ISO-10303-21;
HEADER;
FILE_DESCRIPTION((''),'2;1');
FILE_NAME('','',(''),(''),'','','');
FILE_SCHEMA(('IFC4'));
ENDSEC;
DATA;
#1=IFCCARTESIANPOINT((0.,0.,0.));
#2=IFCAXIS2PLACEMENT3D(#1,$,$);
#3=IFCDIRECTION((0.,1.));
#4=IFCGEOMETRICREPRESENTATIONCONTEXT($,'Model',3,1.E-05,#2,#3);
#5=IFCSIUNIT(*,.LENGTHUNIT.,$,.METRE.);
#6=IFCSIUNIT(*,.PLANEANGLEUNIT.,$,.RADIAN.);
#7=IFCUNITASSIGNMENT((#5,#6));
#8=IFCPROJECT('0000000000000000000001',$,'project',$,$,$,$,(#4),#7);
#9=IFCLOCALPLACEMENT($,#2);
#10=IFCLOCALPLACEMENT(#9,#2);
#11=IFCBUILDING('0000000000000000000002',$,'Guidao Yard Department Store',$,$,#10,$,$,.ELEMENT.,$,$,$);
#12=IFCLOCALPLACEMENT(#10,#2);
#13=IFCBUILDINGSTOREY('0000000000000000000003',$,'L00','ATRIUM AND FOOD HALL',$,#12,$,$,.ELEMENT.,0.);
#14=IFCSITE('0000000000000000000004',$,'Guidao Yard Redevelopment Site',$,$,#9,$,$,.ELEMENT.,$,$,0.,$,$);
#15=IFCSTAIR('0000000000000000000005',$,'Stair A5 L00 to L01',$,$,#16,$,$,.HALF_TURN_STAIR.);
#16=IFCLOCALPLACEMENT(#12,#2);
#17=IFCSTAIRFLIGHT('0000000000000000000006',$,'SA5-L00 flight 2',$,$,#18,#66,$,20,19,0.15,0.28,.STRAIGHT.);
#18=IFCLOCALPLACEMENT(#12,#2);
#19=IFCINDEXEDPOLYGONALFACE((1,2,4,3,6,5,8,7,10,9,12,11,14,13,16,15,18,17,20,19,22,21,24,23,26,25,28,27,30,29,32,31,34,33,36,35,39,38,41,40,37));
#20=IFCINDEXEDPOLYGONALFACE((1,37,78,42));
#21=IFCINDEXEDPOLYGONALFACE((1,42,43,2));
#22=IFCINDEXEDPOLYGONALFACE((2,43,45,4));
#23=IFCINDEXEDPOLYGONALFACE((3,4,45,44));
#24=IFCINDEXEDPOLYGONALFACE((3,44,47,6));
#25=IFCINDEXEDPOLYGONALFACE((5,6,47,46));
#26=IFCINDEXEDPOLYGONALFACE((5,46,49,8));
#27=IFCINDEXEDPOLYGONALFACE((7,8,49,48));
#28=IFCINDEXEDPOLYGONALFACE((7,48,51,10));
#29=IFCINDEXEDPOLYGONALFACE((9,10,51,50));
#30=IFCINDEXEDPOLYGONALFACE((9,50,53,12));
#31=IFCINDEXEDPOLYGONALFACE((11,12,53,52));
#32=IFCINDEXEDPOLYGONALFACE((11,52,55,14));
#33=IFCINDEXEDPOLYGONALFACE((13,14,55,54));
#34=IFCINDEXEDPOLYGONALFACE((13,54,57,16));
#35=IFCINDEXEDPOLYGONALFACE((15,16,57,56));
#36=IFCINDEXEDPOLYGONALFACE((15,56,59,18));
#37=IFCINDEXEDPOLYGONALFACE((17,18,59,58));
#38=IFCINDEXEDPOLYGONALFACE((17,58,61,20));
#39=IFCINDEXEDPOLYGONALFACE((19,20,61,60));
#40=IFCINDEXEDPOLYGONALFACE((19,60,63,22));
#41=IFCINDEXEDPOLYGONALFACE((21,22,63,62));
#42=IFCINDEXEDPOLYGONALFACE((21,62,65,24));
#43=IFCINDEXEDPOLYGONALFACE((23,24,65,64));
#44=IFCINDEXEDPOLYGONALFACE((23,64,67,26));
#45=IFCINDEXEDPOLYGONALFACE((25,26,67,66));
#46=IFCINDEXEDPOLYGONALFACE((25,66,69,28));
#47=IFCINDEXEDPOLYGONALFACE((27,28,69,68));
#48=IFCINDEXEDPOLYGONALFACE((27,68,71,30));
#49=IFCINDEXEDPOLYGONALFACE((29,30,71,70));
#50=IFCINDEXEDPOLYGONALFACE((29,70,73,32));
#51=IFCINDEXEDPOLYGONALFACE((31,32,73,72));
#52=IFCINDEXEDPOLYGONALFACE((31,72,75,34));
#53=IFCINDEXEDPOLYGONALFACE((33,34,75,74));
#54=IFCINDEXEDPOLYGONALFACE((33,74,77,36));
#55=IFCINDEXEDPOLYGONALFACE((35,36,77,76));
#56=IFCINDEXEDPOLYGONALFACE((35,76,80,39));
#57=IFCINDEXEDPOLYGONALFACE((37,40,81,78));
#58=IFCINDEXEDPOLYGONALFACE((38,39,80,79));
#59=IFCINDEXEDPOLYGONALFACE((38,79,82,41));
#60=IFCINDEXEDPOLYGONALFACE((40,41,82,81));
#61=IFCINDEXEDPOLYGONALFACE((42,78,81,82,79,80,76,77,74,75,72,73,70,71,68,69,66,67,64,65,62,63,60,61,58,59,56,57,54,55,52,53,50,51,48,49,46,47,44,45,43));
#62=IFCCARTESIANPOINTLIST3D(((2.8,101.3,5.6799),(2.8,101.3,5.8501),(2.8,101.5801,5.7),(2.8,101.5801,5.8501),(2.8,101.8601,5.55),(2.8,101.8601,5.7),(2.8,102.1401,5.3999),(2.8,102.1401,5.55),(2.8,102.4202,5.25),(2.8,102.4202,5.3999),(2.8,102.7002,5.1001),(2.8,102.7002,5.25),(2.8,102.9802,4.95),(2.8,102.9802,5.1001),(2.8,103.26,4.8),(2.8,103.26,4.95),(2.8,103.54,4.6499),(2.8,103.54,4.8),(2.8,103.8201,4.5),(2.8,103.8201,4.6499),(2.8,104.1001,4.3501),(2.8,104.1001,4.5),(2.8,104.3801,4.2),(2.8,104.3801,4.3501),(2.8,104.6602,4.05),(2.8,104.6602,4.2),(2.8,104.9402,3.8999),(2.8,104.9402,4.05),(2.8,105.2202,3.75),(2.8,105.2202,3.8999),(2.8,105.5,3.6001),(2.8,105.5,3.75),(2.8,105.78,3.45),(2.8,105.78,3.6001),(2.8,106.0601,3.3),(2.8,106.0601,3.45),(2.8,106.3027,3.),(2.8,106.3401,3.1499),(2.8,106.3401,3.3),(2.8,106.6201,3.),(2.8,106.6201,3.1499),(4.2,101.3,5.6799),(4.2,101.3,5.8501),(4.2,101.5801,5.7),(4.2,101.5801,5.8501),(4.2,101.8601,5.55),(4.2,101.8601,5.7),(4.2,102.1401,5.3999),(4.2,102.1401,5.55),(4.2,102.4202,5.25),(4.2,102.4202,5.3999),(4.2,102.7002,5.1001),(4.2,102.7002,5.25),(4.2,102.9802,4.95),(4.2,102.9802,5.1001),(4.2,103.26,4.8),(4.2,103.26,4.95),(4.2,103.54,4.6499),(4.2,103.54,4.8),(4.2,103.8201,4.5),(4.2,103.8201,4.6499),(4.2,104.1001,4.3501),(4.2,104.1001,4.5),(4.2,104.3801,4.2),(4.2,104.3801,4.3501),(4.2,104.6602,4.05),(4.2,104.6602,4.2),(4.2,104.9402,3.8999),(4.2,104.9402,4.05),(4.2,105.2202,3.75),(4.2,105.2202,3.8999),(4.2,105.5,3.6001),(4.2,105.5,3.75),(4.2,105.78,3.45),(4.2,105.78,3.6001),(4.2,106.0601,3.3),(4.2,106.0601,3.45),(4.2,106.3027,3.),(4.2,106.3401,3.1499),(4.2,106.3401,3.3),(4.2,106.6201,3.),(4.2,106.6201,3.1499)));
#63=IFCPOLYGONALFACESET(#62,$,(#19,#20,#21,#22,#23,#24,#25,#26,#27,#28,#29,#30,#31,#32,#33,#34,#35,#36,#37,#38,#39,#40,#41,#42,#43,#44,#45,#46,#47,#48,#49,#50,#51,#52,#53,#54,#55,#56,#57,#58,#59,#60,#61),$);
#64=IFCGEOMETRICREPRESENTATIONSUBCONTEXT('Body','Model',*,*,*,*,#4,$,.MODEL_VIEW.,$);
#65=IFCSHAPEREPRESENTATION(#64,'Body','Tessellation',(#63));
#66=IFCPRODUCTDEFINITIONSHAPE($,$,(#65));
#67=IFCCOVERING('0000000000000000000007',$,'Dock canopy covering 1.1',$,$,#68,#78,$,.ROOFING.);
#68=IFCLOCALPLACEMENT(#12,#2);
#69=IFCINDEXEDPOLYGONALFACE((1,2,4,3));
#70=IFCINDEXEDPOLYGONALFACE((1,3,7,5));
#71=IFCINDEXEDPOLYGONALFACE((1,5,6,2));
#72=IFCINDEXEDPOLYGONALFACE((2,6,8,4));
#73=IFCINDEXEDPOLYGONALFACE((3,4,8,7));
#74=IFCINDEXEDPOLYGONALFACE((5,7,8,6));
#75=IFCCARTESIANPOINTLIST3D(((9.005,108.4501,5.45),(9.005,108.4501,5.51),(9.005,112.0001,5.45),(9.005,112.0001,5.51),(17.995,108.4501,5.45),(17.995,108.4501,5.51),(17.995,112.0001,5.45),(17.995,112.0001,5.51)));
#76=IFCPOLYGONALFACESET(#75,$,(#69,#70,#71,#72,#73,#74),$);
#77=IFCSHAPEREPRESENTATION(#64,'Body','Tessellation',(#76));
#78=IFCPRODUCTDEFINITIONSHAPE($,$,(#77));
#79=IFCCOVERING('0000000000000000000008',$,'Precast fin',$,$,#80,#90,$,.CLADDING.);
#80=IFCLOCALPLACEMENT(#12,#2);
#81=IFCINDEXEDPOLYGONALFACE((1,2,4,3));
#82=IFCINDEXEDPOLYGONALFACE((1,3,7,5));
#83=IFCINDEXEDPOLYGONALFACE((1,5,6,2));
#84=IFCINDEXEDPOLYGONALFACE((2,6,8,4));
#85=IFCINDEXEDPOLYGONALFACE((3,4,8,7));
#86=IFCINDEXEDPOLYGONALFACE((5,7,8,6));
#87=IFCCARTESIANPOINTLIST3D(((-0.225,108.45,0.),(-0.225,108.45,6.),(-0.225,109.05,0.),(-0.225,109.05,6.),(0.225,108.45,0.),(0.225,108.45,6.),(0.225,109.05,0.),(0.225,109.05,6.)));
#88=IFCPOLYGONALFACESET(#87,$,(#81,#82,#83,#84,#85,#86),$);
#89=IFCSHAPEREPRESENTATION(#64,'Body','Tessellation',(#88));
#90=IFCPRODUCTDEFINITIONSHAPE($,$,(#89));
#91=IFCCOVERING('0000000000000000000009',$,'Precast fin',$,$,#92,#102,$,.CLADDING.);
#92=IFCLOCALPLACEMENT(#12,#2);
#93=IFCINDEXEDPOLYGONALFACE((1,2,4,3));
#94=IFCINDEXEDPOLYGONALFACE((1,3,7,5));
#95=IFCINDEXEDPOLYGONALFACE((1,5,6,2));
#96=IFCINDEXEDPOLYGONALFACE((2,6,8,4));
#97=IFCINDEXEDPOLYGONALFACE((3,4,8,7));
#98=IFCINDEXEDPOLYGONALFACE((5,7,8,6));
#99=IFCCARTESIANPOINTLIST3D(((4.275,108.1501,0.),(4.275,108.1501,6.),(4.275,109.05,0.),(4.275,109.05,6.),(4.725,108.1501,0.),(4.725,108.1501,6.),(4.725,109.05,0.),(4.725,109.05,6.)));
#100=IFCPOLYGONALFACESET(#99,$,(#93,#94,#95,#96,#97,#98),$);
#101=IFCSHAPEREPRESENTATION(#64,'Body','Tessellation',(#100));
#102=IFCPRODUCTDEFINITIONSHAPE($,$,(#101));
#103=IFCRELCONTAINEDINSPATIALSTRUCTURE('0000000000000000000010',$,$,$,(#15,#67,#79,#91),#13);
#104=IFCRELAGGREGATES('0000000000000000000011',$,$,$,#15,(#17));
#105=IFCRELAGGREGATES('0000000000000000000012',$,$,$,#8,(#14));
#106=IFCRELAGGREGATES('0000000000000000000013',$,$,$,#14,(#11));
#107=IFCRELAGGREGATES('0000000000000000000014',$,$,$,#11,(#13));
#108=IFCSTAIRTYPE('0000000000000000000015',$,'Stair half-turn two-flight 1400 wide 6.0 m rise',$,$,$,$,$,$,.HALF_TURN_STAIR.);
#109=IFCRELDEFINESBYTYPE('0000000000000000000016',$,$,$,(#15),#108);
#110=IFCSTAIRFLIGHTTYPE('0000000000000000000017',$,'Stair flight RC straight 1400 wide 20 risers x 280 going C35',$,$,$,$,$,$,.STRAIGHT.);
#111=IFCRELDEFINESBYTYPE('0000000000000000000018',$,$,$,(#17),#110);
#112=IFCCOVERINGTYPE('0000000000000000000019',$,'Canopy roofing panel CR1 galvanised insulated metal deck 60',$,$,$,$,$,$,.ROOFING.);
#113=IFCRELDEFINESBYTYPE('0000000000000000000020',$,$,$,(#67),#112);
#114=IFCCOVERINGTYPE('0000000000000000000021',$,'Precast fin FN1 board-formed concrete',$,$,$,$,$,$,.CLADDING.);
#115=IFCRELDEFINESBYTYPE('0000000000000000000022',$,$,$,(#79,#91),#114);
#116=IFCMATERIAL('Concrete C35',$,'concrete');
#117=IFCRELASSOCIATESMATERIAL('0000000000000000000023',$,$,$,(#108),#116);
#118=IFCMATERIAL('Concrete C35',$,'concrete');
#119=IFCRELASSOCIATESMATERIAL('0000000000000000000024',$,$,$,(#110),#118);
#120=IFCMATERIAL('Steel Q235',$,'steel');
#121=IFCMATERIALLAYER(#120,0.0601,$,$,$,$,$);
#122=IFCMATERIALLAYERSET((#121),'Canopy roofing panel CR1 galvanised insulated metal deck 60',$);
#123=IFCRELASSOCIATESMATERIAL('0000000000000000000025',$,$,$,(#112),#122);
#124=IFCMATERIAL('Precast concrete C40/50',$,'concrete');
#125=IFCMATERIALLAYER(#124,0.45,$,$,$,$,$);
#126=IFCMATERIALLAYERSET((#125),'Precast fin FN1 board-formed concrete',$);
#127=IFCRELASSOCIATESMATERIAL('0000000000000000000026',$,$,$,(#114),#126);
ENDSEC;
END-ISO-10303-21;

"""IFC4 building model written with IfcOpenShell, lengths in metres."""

from ifc_helpers import new_model, si_unit, direction, frame, origin, origin_2d, place, context, subcontext, project, spatial, polyline, rectangle, outline, extrude, material, layer, layer_set, type_object, element, aggregate, save


model = new_model("IFC4")

# Units and contexts
model_context = context("Model", 3, precision=1e-05, world=origin(), true_north=direction((0.0, 1.0)))
body_context = subcontext(model_context, "Body", "Model", "MODEL_VIEW")
ifc_project = project(units=[si_unit("LENGTHUNIT", "METRE"), si_unit("PLANEANGLEUNIT", "RADIAN")], contexts=[model_context])

# Site, building, storey
site_placement = place(None, origin())
site = spatial("IfcSite", under=ifc_project, at=site_placement, Name="Guidao Yard Redevelopment Site", CompositionType="ELEMENT", RefElevation=0.0)
building_placement = place(site_placement, origin())
building = spatial("IfcBuilding", under=site, at=building_placement, Name="Guidao Yard Department Store", CompositionType="ELEMENT")
storey_placement = place(building_placement, origin())
storey = spatial("IfcBuildingStorey", under=building, at=storey_placement, Name="L00", Description="ATRIUM AND FOOD HALL", CompositionType="ELEMENT", Elevation=0.0)

# Stair, stair flight
ifc_material_1 = material(Name="Concrete C35", Category="concrete")
stair_type = type_object("IfcStairType", Name="Stair half-turn two-flight 1400 wide 6.0 m rise", PredefinedType="HALF_TURN_STAIR", material=ifc_material_1)
stair_placement = place(storey_placement, origin())
stair = element("IfcStair", 1, at=stair_placement, inside=storey, type_object=stair_type, Name="Stair A5 L00 to L01", PredefinedType="HALF_TURN_STAIR")
ifc_material_2 = material(Name="Concrete C35", Category="concrete")
stair_flight_type = type_object("IfcStairFlightType", Name="Stair flight RC straight 1400 wide 20 risers x 280 going C35", PredefinedType="STRAIGHT", material=ifc_material_2)
stair_flight_placement = place(storey_placement, frame((3.5, 106.6201, 3.0), z_axis=(0.0, 0.0, 1.0), x_axis=(0.0, -1.0, 0.0)))
stair_flight = element("IfcStairFlight", 2, at=stair_flight_placement, type_object=stair_flight_type, Name="SA5-L00 flight 2", NumberOfRisers=20, NumberOfTreads=19, PredefinedType="STRAIGHT", RiserHeight=0.15, TreadLength=0.28, context=body_context, shape_type="SweptSolid", body=[
    extrude(outline(polyline([(0.0, 0.0), (0.0, 0.1499), (0.28, 0.1499), (0.28, 0.3), (0.5601, 0.3), (0.5601, 0.45), (0.8401, 0.45), (0.8401, 0.6001), (1.1201, 0.6001), (1.1201, 0.75), (1.3999, 0.75), (1.3999, 0.8999), (1.6799, 0.8999), (1.6799, 1.05), (1.96, 1.05), (1.96, 1.2), (2.24, 1.2), (2.24, 1.3501), (2.52, 1.3501), (2.52, 1.5), (2.8, 1.5), (2.8, 1.6499), (3.0801, 1.6499), (3.0801, 1.8), (3.3601, 1.8), (3.3601, 1.95), (3.6399, 1.95), (3.6399, 2.1001), (3.9199, 2.1001), (3.9199, 2.25), (4.2, 2.25), (4.2, 2.3999), (4.48, 2.3999), (4.48, 2.55), (4.76, 2.55), (4.76, 2.7), (5.04, 2.7), (5.04, 2.8501), (5.3201, 2.8501), (5.3201, 3.0), (5.3201, 2.6799), (0.3174, 0.0), (0.0, 0.0)])), frame((0.0, 0.7, 0.0), z_axis=(0.0, -1.0, 0.0), x_axis=(1.0, 0.0, 0.0)), (0.0, 0.0, 1.0), 1.3999),
])
aggregate(stair, [stair_flight])

# Covering
ifc_material_3 = material(Name="Steel Q235", Category="steel")
ifc_layer_1 = layer(ifc_material_3, 0.0601)
ifc_layer_set_1 = layer_set([ifc_layer_1], Name="Canopy roofing panel CR1 galvanised insulated metal deck 60")
covering_type_1 = type_object("IfcCoveringType", Name="Canopy roofing panel CR1 galvanised insulated metal deck 60", PredefinedType="ROOFING", material=ifc_layer_set_1)
covering_1_placement = place(storey_placement, frame((13.5, 110.2251, 5.45), z_axis=(0.0, 0.0, 1.0), x_axis=(1.0, 0.0, 0.0)))
element("IfcCovering", 3, at=covering_1_placement, inside=storey, type_object=covering_type_1, Name="Dock canopy covering 1.1", PredefinedType="ROOFING", context=body_context, shape_type="SweptSolid", body=[
    extrude(rectangle(XDim=8.99, YDim=3.55, at=origin_2d()), origin(), (0.0, 0.0, 1.0), 0.0601),
])

# Coverings
ifc_material_4 = material(Name="Precast concrete C40/50", Category="concrete")
ifc_layer_2 = layer(ifc_material_4, 0.45)
ifc_layer_set_2 = layer_set([ifc_layer_2], Name="Precast fin FN1 board-formed concrete")
covering_type_2 = type_object("IfcCoveringType", Name="Precast fin FN1 board-formed concrete", PredefinedType="CLADDING", material=ifc_layer_set_2)
covering_2_placement = place(storey_placement, frame((0.0, 108.75, 0.0), z_axis=(0.0, 0.0, 1.0), x_axis=(1.0, 0.0, 0.0)))
element("IfcCovering", 4, at=covering_2_placement, inside=storey, type_object=covering_type_2, Name="Precast fin", PredefinedType="CLADDING", context=body_context, shape_type="SweptSolid", body=[
    extrude(rectangle(XDim=0.45, YDim=0.6001, at=origin_2d()), origin(), (0.0, 0.0, 1.0), 6.0),
])
covering_3_placement = place(storey_placement, frame((4.5, 108.6001, 0.0), z_axis=(0.0, 0.0, 1.0), x_axis=(1.0, 0.0, 0.0)))
element("IfcCovering", 5, at=covering_3_placement, inside=storey, type_object=covering_type_2, Name="Precast fin", PredefinedType="CLADDING", context=body_context, shape_type="SweptSolid", body=[
    extrude(rectangle(XDim=0.45, YDim=0.8999, at=origin_2d()), origin(), (0.0, 0.0, 1.0), 6.0),
])

save(model, "model.ifc")
